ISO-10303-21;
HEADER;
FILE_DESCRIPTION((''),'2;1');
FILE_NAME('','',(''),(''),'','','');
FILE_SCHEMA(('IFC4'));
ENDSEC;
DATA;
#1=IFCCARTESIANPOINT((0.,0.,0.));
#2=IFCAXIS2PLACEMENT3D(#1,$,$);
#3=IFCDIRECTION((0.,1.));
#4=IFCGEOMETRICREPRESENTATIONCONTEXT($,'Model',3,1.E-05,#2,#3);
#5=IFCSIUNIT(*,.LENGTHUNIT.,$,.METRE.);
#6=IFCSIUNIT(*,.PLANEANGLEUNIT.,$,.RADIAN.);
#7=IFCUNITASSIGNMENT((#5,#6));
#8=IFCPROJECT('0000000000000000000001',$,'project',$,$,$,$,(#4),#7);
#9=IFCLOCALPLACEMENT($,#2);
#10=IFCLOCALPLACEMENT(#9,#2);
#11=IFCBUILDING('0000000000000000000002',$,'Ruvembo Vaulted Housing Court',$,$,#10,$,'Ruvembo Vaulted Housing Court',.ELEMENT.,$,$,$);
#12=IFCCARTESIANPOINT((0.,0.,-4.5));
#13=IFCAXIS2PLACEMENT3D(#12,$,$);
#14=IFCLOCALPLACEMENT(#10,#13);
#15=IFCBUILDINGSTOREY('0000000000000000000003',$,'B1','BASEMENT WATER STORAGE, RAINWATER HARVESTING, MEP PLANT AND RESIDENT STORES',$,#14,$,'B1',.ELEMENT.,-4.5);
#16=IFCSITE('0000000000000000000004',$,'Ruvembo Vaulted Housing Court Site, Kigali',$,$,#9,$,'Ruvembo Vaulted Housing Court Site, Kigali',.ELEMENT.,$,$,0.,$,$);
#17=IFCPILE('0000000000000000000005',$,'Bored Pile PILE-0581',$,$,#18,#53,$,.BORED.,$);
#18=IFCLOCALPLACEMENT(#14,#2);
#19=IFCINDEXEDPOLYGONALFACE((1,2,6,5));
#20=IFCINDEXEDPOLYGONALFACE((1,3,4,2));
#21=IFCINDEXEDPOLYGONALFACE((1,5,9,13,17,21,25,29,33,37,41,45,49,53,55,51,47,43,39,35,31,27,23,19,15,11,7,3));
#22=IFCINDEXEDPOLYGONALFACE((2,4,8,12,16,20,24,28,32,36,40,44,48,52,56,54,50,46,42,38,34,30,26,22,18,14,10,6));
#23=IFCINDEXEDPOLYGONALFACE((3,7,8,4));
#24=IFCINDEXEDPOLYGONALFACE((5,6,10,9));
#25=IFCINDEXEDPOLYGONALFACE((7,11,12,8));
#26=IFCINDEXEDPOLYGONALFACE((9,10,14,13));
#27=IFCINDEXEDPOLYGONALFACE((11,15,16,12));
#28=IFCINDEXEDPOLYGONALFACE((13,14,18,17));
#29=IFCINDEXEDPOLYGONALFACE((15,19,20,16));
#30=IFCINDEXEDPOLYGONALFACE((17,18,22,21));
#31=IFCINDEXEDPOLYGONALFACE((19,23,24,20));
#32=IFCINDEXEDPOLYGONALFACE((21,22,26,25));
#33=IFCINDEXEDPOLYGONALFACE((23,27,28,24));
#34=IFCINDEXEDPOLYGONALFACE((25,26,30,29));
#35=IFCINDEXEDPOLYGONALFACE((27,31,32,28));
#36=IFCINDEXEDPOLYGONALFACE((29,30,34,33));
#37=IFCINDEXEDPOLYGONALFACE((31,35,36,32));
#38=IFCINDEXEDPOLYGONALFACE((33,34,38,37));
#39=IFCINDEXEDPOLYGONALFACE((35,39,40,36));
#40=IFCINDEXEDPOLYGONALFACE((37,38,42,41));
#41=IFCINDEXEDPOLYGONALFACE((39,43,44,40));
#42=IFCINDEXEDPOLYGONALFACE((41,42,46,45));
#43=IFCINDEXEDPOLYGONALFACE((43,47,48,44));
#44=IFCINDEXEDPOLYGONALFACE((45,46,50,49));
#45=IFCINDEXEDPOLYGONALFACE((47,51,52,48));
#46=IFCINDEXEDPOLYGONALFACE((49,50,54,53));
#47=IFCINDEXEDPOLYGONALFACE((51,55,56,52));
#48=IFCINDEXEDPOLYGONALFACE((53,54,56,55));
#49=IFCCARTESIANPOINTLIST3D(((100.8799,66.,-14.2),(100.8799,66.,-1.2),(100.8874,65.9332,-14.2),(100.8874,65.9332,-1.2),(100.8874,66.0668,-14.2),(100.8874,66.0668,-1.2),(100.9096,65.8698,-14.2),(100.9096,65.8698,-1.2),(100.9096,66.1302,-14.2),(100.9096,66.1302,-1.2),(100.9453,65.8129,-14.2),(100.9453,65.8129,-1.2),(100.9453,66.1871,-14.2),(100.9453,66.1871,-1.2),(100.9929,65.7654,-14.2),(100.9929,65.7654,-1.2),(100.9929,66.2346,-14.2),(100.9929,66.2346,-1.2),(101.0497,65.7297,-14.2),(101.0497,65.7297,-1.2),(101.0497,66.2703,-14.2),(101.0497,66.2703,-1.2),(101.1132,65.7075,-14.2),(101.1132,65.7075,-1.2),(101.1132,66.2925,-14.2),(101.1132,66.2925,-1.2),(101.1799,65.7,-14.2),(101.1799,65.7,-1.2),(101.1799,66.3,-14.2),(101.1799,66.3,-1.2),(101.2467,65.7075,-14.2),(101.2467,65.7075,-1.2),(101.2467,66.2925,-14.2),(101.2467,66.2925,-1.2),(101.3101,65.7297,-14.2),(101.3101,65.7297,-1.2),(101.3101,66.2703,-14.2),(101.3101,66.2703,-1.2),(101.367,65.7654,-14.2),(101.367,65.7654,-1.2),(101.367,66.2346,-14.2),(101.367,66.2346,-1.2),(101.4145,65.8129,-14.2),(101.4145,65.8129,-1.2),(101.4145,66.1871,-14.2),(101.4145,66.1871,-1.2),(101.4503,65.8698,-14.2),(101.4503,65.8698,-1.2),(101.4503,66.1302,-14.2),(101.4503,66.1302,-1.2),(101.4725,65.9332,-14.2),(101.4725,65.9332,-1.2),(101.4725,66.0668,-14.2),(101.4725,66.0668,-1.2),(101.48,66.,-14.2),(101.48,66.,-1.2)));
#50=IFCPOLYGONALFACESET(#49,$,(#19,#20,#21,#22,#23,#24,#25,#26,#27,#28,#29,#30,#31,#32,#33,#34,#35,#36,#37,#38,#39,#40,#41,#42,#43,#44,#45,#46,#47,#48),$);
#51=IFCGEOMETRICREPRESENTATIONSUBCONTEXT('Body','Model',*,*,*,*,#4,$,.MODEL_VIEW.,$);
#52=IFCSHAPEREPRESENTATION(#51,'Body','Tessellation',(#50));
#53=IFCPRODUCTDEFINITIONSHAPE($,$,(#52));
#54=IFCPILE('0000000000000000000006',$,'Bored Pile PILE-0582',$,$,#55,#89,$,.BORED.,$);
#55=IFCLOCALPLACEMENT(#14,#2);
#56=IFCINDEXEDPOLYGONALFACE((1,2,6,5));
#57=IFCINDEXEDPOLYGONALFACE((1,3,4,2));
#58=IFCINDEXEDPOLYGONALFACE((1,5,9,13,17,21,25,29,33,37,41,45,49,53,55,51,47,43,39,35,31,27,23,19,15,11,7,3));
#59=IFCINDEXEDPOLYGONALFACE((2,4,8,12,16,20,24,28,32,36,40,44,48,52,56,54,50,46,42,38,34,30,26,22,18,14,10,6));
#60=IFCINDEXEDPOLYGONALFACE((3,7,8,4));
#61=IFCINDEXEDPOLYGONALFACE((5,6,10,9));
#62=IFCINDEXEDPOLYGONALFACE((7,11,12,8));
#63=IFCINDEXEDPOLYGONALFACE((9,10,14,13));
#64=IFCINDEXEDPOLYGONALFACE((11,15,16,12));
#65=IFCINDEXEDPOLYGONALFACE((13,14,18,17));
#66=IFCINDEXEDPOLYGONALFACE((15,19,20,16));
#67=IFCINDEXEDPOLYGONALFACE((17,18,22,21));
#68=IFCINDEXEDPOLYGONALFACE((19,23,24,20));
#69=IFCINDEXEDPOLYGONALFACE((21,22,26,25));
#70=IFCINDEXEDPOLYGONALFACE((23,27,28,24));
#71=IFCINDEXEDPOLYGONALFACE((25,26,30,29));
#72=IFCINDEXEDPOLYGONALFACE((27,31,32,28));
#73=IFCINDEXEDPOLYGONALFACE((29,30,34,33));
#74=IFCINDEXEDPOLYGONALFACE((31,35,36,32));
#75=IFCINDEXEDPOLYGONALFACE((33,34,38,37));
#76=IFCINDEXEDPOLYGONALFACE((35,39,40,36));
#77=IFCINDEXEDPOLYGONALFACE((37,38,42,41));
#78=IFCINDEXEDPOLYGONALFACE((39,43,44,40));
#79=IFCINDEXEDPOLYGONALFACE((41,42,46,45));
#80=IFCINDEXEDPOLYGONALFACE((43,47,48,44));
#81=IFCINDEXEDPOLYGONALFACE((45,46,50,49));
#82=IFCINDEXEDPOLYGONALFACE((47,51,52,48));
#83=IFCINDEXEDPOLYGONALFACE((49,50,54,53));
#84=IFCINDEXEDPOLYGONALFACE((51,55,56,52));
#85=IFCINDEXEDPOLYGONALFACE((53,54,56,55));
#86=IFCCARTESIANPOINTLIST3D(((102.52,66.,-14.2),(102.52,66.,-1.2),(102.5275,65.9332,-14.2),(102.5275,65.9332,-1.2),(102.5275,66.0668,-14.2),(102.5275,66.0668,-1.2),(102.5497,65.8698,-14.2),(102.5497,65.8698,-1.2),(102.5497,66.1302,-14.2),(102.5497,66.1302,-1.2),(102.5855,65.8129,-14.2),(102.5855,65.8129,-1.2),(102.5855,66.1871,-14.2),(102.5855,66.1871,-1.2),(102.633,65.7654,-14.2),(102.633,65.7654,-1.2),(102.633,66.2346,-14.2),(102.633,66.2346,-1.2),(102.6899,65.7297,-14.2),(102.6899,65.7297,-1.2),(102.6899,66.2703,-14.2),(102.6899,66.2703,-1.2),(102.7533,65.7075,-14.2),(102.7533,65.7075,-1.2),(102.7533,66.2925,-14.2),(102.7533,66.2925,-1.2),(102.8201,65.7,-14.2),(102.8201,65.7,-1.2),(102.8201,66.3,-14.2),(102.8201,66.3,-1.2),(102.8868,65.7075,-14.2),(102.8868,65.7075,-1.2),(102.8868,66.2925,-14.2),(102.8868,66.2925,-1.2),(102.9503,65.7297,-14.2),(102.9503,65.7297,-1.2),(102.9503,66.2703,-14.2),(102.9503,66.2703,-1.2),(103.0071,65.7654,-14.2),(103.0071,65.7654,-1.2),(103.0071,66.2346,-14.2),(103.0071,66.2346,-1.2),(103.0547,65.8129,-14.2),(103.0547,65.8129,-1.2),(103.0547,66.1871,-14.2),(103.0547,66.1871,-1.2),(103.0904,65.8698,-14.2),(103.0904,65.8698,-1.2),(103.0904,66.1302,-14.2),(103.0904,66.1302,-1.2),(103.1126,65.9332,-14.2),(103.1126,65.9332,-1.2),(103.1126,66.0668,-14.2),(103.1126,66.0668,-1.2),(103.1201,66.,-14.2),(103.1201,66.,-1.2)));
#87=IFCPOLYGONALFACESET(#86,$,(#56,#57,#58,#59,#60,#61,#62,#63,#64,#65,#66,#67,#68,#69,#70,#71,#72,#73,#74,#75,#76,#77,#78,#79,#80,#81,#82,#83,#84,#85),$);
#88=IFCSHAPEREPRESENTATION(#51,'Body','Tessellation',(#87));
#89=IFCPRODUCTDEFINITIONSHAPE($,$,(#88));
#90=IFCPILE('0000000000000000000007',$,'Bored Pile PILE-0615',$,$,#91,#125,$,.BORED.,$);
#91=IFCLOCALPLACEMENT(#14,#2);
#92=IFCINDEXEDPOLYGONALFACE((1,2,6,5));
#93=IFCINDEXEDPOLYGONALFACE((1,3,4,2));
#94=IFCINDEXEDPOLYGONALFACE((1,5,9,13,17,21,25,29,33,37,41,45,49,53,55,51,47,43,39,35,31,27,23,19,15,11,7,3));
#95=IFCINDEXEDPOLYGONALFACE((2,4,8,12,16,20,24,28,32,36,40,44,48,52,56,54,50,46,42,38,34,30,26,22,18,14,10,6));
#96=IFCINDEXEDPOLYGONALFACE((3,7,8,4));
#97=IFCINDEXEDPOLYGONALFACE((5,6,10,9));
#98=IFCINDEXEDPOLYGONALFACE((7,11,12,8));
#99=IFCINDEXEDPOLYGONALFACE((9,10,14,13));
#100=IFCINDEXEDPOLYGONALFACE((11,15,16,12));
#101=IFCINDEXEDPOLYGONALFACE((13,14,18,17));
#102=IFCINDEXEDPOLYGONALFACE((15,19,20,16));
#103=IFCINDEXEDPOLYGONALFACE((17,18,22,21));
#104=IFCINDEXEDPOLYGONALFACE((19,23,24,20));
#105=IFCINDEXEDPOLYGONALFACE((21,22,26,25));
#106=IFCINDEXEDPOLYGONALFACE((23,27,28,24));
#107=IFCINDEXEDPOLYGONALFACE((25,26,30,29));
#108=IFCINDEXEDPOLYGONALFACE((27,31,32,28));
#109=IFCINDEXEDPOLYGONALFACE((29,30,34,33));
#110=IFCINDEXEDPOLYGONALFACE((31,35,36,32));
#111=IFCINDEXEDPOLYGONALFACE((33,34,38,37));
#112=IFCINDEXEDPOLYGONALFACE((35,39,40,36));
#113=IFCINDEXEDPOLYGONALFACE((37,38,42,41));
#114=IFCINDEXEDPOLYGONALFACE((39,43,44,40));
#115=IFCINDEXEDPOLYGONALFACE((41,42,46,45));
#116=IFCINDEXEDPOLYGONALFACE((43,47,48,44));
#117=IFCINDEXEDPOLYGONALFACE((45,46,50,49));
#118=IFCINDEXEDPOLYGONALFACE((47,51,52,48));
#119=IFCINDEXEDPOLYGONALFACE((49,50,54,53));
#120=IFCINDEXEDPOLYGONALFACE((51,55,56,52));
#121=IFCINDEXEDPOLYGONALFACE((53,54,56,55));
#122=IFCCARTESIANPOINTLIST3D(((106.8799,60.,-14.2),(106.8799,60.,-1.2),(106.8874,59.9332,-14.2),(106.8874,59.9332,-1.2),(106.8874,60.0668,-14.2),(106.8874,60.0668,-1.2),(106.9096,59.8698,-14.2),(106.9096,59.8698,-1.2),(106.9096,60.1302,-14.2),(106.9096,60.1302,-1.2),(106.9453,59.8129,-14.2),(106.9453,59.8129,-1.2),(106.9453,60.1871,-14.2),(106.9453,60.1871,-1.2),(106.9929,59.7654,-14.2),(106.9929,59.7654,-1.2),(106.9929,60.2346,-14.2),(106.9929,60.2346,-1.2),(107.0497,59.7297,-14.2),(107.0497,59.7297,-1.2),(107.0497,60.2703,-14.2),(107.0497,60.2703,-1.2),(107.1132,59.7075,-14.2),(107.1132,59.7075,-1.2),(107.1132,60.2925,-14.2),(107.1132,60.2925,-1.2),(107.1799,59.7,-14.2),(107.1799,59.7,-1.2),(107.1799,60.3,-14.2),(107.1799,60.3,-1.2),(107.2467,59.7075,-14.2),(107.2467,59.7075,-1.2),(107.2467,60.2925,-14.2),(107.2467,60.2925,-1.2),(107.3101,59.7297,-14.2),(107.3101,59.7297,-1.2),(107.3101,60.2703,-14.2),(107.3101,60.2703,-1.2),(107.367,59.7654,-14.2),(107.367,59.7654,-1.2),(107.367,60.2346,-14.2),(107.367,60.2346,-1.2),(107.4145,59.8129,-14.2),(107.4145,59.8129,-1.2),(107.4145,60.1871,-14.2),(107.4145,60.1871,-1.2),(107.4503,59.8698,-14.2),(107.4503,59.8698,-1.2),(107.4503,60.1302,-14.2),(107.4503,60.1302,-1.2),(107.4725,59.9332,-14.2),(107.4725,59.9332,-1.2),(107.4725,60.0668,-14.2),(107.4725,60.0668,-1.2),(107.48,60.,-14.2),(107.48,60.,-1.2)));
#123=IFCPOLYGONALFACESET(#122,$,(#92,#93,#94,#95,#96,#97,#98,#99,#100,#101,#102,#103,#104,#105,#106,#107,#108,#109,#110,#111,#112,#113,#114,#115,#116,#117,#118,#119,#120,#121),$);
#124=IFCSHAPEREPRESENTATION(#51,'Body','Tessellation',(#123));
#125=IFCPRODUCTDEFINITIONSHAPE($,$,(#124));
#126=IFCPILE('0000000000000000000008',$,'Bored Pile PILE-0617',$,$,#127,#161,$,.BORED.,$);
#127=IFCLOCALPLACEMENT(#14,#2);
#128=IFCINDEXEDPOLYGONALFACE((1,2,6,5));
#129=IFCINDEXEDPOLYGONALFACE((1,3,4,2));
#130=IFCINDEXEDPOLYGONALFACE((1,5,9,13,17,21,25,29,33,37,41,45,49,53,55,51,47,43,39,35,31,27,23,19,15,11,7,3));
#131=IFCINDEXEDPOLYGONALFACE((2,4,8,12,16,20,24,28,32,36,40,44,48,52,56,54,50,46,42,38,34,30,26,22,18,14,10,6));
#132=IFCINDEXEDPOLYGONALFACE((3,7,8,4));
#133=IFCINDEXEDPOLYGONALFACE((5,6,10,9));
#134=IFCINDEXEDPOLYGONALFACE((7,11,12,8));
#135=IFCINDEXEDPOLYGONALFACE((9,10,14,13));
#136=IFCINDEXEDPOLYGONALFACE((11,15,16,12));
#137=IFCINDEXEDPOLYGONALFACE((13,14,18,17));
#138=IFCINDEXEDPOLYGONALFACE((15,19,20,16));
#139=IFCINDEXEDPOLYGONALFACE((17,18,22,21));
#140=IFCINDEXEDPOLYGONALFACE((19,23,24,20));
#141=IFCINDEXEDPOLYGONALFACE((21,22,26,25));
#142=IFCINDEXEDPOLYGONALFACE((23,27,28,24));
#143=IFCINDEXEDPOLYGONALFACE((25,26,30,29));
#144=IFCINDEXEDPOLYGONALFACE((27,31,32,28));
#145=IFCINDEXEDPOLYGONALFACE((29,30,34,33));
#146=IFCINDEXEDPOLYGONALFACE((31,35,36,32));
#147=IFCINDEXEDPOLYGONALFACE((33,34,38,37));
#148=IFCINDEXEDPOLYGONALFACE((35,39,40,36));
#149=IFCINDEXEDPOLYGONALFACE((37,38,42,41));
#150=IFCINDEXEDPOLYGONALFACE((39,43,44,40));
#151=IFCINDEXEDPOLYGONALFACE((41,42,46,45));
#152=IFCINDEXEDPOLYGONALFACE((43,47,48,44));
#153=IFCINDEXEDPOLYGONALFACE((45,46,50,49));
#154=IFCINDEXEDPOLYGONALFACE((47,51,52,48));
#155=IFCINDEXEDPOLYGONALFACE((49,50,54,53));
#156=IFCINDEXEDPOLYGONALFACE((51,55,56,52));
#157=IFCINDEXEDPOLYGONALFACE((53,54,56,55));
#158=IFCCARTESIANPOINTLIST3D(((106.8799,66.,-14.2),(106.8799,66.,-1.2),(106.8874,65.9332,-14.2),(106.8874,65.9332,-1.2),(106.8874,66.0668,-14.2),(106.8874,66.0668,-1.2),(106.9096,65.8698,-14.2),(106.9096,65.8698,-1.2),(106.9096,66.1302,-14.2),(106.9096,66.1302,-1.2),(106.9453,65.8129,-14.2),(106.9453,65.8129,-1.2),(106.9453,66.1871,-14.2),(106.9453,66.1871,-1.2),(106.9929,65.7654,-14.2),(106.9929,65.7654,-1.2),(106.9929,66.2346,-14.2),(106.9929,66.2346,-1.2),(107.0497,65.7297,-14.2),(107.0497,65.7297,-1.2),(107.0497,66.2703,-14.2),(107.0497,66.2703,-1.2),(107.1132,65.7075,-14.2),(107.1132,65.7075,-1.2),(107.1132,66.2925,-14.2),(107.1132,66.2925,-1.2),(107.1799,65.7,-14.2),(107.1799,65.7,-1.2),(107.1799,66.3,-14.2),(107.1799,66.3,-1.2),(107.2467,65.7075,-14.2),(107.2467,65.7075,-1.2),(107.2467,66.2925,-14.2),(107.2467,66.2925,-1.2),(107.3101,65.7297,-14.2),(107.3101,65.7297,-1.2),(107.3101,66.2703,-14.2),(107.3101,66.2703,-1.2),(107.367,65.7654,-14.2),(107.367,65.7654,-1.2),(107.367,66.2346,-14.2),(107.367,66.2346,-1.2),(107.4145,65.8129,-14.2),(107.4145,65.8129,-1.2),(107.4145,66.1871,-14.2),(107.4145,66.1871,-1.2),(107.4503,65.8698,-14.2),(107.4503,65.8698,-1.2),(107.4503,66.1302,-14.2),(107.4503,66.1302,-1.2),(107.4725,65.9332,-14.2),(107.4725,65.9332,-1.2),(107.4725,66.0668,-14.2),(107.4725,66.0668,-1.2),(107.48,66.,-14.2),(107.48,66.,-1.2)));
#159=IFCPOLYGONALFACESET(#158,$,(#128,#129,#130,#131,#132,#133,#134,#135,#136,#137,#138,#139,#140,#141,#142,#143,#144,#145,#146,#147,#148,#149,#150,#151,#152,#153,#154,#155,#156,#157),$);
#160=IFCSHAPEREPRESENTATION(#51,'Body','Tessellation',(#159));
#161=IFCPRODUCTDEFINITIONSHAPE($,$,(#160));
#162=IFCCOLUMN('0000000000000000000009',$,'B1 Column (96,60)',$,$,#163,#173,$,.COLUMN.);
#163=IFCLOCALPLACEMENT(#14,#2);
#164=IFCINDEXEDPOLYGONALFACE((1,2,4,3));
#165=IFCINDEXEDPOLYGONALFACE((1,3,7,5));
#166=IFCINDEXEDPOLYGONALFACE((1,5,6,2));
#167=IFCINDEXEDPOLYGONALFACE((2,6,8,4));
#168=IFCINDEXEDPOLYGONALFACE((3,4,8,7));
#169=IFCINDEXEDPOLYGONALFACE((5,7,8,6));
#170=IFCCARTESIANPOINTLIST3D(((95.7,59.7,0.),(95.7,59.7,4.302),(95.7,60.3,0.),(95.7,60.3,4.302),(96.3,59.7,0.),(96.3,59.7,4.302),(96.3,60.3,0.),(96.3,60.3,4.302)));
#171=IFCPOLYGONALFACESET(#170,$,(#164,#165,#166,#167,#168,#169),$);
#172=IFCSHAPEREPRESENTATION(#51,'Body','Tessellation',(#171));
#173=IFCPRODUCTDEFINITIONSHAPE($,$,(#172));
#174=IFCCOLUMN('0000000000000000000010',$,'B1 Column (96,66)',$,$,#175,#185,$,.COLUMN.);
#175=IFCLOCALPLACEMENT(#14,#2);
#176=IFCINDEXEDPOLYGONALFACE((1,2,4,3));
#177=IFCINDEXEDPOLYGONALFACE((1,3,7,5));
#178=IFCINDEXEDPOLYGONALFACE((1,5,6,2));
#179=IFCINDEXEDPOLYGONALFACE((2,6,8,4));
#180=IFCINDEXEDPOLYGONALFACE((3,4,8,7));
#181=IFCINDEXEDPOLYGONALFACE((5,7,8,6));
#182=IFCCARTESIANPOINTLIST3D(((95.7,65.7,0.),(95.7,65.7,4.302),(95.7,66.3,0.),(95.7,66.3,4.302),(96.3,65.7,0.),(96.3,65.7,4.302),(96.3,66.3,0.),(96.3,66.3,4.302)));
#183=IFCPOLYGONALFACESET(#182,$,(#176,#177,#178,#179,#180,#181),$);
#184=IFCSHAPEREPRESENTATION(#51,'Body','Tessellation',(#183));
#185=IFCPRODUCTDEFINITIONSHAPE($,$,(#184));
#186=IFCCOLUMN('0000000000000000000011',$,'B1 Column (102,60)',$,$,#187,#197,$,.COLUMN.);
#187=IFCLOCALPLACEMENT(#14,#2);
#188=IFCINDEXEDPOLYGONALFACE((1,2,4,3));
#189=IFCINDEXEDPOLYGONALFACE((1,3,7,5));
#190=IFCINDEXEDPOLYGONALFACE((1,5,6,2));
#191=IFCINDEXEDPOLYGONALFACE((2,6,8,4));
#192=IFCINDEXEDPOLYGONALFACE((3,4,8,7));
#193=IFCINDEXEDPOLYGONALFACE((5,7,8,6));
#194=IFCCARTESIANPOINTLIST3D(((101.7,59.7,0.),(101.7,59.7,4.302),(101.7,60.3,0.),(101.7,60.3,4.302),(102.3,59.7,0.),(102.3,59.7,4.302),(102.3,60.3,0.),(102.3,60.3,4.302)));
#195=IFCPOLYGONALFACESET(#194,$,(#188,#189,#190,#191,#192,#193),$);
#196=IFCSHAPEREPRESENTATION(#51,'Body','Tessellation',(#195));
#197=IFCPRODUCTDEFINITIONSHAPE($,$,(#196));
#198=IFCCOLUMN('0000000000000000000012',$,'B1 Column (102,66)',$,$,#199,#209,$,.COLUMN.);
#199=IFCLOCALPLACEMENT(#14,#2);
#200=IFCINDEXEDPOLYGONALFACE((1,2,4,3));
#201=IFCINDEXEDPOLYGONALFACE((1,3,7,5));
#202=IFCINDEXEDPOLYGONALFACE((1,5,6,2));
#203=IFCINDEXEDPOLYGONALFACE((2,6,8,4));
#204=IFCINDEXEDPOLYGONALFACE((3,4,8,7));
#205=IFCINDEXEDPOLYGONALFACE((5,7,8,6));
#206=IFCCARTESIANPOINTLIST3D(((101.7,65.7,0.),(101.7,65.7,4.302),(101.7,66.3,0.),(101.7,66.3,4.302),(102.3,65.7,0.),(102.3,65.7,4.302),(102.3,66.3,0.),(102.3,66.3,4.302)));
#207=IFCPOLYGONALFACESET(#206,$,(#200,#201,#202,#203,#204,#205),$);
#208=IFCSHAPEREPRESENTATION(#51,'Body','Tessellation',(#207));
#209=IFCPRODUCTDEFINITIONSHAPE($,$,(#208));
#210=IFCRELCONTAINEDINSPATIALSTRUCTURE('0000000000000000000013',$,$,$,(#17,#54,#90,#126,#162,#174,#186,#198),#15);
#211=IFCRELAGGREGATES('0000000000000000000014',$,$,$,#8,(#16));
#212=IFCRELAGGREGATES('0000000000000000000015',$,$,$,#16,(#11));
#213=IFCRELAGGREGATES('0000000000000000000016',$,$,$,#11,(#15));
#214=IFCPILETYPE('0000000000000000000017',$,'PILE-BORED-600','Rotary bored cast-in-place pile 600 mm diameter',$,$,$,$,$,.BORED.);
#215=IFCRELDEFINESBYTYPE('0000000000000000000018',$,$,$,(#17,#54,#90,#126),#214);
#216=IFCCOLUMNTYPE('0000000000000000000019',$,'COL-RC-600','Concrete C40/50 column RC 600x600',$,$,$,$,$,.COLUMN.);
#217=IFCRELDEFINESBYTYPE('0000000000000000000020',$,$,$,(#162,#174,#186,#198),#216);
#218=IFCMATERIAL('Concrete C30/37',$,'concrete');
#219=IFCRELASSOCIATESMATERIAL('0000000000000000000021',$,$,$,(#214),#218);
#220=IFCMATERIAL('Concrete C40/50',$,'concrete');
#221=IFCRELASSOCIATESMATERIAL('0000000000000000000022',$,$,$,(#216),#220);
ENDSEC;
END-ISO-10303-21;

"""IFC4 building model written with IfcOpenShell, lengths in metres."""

from ifc_helpers import new_model, si_unit, direction, frame, origin, origin_2d, place, context, subcontext, project, spatial, rectangle, circle, extrude, material, material_profile, profile_set, type_object, element, save


model = new_model("IFC4")

# Units and contexts
model_context = context("Model", 3, precision=1e-05, world=origin(), true_north=direction((0.0, 1.0)))
body_context = subcontext(model_context, "Body", "Model", "MODEL_VIEW")
ifc_project = project(units=[si_unit("LENGTHUNIT", "METRE"), si_unit("PLANEANGLEUNIT", "RADIAN")], contexts=[model_context])

# Site, building, storey
site_placement = place(None, origin())
site = spatial("IfcSite", under=ifc_project, at=site_placement, Name="Ruvembo Vaulted Housing Court Site, Kigali", LongName="Ruvembo Vaulted Housing Court Site, Kigali", CompositionType="ELEMENT", RefElevation=0.0)
building_placement = place(site_placement, origin())
building = spatial("IfcBuilding", under=site, at=building_placement, Name="Ruvembo Vaulted Housing Court", LongName="Ruvembo Vaulted Housing Court", CompositionType="ELEMENT")
storey_placement = place(building_placement, frame((0.0, 0.0, -4.5)))
storey = spatial("IfcBuildingStorey", under=building, at=storey_placement, Name="B1", Description="BASEMENT WATER STORAGE, RAINWATER HARVESTING, MEP PLANT AND RESIDENT STORES", LongName="B1", CompositionType="ELEMENT", Elevation=-4.5)

# Piles
ifc_material_1 = material(Name="Concrete C30/37", Category="concrete")
ifc_material_profile_1 = material_profile(ifc_material_1, circle(Radius=0.3, at=origin_2d()), Name="PILE D600")
ifc_profile_set_1 = profile_set([ifc_material_profile_1], Name="Concrete C30/37")
pile_type = type_object("IfcPileType", Name="PILE-BORED-600", Description="Rotary bored cast-in-place pile 600 mm diameter", PredefinedType="BORED", material=ifc_profile_set_1)
for number, where, z_axis, x_axis, name in (
    (1, (101.1799, 66.0, -1.2), (0.0, 0.0, -1.0), (1.0, 0.0, 0.0), "Bored Pile PILE-0581"),
    (2, (102.8201, 66.0, -1.2), (0.0, 0.0, -1.0), (1.0, 0.0, 0.0), "Bored Pile PILE-0582"),
    (3, (107.1799, 60.0, -1.2), (0.0, 0.0, -1.0), (1.0, 0.0, 0.0), "Bored Pile PILE-0615"),
    (4, (107.1799, 66.0, -1.2), (0.0, 0.0, -1.0), (1.0, 0.0, 0.0), "Bored Pile PILE-0617"),
):
    element("IfcPile", number, at=place(storey_placement, frame(where, z_axis=z_axis, x_axis=x_axis)), inside=storey, type_object=pile_type, Name=name, PredefinedType="BORED", context=body_context, shape_type="SweptSolid", body=[
        extrude(circle(Radius=0.3, at=origin_2d()), origin(), (0.0, 0.0, 1.0), 13.0),
    ])

# Columns
ifc_material_2 = material(Name="Concrete C40/50", Category="concrete")
ifc_material_profile_2 = material_profile(ifc_material_2, rectangle(XDim=0.6001, YDim=0.6001, at=origin_2d()), Name="RC 600x600")
ifc_profile_set_2 = profile_set([ifc_material_profile_2], Name="Concrete C40/50")
column_type_1 = type_object("IfcColumnType", Name="COL-RC-600", Description="Concrete C40/50 column RC 600x600", PredefinedType="COLUMN", material=ifc_profile_set_2)
for number, where, z_axis, x_axis, name in (
    (5, (96.0, 60.0, 0.0), (0.0, 0.0, 1.0), (1.0, 0.0, 0.0), "B1 Column (96,60)"),
    (6, (96.0, 66.0, 0.0), (0.0, 0.0, 1.0), (1.0, 0.0, 0.0), "B1 Column (96,66)"),
    (7, (102.0, 60.0, 0.0), (0.0, 0.0, 1.0), (1.0, 0.0, 0.0), "B1 Column (102,60)"),
    (8, (102.0, 66.0, 0.0), (0.0, 0.0, 1.0), (1.0, 0.0, 0.0), "B1 Column (102,66)"),
):
    element("IfcColumn", number, at=place(storey_placement, frame(where, z_axis=z_axis, x_axis=x_axis)), inside=storey, type_object=column_type_1, Name=name, PredefinedType="COLUMN", context=body_context, shape_type="SweptSolid", body=[
        extrude(rectangle(XDim=0.6001, YDim=0.6001, at=origin_2d()), origin(), (0.0, 0.0, 1.0), 4.302),
    ])

save(model, "model.ifc")
